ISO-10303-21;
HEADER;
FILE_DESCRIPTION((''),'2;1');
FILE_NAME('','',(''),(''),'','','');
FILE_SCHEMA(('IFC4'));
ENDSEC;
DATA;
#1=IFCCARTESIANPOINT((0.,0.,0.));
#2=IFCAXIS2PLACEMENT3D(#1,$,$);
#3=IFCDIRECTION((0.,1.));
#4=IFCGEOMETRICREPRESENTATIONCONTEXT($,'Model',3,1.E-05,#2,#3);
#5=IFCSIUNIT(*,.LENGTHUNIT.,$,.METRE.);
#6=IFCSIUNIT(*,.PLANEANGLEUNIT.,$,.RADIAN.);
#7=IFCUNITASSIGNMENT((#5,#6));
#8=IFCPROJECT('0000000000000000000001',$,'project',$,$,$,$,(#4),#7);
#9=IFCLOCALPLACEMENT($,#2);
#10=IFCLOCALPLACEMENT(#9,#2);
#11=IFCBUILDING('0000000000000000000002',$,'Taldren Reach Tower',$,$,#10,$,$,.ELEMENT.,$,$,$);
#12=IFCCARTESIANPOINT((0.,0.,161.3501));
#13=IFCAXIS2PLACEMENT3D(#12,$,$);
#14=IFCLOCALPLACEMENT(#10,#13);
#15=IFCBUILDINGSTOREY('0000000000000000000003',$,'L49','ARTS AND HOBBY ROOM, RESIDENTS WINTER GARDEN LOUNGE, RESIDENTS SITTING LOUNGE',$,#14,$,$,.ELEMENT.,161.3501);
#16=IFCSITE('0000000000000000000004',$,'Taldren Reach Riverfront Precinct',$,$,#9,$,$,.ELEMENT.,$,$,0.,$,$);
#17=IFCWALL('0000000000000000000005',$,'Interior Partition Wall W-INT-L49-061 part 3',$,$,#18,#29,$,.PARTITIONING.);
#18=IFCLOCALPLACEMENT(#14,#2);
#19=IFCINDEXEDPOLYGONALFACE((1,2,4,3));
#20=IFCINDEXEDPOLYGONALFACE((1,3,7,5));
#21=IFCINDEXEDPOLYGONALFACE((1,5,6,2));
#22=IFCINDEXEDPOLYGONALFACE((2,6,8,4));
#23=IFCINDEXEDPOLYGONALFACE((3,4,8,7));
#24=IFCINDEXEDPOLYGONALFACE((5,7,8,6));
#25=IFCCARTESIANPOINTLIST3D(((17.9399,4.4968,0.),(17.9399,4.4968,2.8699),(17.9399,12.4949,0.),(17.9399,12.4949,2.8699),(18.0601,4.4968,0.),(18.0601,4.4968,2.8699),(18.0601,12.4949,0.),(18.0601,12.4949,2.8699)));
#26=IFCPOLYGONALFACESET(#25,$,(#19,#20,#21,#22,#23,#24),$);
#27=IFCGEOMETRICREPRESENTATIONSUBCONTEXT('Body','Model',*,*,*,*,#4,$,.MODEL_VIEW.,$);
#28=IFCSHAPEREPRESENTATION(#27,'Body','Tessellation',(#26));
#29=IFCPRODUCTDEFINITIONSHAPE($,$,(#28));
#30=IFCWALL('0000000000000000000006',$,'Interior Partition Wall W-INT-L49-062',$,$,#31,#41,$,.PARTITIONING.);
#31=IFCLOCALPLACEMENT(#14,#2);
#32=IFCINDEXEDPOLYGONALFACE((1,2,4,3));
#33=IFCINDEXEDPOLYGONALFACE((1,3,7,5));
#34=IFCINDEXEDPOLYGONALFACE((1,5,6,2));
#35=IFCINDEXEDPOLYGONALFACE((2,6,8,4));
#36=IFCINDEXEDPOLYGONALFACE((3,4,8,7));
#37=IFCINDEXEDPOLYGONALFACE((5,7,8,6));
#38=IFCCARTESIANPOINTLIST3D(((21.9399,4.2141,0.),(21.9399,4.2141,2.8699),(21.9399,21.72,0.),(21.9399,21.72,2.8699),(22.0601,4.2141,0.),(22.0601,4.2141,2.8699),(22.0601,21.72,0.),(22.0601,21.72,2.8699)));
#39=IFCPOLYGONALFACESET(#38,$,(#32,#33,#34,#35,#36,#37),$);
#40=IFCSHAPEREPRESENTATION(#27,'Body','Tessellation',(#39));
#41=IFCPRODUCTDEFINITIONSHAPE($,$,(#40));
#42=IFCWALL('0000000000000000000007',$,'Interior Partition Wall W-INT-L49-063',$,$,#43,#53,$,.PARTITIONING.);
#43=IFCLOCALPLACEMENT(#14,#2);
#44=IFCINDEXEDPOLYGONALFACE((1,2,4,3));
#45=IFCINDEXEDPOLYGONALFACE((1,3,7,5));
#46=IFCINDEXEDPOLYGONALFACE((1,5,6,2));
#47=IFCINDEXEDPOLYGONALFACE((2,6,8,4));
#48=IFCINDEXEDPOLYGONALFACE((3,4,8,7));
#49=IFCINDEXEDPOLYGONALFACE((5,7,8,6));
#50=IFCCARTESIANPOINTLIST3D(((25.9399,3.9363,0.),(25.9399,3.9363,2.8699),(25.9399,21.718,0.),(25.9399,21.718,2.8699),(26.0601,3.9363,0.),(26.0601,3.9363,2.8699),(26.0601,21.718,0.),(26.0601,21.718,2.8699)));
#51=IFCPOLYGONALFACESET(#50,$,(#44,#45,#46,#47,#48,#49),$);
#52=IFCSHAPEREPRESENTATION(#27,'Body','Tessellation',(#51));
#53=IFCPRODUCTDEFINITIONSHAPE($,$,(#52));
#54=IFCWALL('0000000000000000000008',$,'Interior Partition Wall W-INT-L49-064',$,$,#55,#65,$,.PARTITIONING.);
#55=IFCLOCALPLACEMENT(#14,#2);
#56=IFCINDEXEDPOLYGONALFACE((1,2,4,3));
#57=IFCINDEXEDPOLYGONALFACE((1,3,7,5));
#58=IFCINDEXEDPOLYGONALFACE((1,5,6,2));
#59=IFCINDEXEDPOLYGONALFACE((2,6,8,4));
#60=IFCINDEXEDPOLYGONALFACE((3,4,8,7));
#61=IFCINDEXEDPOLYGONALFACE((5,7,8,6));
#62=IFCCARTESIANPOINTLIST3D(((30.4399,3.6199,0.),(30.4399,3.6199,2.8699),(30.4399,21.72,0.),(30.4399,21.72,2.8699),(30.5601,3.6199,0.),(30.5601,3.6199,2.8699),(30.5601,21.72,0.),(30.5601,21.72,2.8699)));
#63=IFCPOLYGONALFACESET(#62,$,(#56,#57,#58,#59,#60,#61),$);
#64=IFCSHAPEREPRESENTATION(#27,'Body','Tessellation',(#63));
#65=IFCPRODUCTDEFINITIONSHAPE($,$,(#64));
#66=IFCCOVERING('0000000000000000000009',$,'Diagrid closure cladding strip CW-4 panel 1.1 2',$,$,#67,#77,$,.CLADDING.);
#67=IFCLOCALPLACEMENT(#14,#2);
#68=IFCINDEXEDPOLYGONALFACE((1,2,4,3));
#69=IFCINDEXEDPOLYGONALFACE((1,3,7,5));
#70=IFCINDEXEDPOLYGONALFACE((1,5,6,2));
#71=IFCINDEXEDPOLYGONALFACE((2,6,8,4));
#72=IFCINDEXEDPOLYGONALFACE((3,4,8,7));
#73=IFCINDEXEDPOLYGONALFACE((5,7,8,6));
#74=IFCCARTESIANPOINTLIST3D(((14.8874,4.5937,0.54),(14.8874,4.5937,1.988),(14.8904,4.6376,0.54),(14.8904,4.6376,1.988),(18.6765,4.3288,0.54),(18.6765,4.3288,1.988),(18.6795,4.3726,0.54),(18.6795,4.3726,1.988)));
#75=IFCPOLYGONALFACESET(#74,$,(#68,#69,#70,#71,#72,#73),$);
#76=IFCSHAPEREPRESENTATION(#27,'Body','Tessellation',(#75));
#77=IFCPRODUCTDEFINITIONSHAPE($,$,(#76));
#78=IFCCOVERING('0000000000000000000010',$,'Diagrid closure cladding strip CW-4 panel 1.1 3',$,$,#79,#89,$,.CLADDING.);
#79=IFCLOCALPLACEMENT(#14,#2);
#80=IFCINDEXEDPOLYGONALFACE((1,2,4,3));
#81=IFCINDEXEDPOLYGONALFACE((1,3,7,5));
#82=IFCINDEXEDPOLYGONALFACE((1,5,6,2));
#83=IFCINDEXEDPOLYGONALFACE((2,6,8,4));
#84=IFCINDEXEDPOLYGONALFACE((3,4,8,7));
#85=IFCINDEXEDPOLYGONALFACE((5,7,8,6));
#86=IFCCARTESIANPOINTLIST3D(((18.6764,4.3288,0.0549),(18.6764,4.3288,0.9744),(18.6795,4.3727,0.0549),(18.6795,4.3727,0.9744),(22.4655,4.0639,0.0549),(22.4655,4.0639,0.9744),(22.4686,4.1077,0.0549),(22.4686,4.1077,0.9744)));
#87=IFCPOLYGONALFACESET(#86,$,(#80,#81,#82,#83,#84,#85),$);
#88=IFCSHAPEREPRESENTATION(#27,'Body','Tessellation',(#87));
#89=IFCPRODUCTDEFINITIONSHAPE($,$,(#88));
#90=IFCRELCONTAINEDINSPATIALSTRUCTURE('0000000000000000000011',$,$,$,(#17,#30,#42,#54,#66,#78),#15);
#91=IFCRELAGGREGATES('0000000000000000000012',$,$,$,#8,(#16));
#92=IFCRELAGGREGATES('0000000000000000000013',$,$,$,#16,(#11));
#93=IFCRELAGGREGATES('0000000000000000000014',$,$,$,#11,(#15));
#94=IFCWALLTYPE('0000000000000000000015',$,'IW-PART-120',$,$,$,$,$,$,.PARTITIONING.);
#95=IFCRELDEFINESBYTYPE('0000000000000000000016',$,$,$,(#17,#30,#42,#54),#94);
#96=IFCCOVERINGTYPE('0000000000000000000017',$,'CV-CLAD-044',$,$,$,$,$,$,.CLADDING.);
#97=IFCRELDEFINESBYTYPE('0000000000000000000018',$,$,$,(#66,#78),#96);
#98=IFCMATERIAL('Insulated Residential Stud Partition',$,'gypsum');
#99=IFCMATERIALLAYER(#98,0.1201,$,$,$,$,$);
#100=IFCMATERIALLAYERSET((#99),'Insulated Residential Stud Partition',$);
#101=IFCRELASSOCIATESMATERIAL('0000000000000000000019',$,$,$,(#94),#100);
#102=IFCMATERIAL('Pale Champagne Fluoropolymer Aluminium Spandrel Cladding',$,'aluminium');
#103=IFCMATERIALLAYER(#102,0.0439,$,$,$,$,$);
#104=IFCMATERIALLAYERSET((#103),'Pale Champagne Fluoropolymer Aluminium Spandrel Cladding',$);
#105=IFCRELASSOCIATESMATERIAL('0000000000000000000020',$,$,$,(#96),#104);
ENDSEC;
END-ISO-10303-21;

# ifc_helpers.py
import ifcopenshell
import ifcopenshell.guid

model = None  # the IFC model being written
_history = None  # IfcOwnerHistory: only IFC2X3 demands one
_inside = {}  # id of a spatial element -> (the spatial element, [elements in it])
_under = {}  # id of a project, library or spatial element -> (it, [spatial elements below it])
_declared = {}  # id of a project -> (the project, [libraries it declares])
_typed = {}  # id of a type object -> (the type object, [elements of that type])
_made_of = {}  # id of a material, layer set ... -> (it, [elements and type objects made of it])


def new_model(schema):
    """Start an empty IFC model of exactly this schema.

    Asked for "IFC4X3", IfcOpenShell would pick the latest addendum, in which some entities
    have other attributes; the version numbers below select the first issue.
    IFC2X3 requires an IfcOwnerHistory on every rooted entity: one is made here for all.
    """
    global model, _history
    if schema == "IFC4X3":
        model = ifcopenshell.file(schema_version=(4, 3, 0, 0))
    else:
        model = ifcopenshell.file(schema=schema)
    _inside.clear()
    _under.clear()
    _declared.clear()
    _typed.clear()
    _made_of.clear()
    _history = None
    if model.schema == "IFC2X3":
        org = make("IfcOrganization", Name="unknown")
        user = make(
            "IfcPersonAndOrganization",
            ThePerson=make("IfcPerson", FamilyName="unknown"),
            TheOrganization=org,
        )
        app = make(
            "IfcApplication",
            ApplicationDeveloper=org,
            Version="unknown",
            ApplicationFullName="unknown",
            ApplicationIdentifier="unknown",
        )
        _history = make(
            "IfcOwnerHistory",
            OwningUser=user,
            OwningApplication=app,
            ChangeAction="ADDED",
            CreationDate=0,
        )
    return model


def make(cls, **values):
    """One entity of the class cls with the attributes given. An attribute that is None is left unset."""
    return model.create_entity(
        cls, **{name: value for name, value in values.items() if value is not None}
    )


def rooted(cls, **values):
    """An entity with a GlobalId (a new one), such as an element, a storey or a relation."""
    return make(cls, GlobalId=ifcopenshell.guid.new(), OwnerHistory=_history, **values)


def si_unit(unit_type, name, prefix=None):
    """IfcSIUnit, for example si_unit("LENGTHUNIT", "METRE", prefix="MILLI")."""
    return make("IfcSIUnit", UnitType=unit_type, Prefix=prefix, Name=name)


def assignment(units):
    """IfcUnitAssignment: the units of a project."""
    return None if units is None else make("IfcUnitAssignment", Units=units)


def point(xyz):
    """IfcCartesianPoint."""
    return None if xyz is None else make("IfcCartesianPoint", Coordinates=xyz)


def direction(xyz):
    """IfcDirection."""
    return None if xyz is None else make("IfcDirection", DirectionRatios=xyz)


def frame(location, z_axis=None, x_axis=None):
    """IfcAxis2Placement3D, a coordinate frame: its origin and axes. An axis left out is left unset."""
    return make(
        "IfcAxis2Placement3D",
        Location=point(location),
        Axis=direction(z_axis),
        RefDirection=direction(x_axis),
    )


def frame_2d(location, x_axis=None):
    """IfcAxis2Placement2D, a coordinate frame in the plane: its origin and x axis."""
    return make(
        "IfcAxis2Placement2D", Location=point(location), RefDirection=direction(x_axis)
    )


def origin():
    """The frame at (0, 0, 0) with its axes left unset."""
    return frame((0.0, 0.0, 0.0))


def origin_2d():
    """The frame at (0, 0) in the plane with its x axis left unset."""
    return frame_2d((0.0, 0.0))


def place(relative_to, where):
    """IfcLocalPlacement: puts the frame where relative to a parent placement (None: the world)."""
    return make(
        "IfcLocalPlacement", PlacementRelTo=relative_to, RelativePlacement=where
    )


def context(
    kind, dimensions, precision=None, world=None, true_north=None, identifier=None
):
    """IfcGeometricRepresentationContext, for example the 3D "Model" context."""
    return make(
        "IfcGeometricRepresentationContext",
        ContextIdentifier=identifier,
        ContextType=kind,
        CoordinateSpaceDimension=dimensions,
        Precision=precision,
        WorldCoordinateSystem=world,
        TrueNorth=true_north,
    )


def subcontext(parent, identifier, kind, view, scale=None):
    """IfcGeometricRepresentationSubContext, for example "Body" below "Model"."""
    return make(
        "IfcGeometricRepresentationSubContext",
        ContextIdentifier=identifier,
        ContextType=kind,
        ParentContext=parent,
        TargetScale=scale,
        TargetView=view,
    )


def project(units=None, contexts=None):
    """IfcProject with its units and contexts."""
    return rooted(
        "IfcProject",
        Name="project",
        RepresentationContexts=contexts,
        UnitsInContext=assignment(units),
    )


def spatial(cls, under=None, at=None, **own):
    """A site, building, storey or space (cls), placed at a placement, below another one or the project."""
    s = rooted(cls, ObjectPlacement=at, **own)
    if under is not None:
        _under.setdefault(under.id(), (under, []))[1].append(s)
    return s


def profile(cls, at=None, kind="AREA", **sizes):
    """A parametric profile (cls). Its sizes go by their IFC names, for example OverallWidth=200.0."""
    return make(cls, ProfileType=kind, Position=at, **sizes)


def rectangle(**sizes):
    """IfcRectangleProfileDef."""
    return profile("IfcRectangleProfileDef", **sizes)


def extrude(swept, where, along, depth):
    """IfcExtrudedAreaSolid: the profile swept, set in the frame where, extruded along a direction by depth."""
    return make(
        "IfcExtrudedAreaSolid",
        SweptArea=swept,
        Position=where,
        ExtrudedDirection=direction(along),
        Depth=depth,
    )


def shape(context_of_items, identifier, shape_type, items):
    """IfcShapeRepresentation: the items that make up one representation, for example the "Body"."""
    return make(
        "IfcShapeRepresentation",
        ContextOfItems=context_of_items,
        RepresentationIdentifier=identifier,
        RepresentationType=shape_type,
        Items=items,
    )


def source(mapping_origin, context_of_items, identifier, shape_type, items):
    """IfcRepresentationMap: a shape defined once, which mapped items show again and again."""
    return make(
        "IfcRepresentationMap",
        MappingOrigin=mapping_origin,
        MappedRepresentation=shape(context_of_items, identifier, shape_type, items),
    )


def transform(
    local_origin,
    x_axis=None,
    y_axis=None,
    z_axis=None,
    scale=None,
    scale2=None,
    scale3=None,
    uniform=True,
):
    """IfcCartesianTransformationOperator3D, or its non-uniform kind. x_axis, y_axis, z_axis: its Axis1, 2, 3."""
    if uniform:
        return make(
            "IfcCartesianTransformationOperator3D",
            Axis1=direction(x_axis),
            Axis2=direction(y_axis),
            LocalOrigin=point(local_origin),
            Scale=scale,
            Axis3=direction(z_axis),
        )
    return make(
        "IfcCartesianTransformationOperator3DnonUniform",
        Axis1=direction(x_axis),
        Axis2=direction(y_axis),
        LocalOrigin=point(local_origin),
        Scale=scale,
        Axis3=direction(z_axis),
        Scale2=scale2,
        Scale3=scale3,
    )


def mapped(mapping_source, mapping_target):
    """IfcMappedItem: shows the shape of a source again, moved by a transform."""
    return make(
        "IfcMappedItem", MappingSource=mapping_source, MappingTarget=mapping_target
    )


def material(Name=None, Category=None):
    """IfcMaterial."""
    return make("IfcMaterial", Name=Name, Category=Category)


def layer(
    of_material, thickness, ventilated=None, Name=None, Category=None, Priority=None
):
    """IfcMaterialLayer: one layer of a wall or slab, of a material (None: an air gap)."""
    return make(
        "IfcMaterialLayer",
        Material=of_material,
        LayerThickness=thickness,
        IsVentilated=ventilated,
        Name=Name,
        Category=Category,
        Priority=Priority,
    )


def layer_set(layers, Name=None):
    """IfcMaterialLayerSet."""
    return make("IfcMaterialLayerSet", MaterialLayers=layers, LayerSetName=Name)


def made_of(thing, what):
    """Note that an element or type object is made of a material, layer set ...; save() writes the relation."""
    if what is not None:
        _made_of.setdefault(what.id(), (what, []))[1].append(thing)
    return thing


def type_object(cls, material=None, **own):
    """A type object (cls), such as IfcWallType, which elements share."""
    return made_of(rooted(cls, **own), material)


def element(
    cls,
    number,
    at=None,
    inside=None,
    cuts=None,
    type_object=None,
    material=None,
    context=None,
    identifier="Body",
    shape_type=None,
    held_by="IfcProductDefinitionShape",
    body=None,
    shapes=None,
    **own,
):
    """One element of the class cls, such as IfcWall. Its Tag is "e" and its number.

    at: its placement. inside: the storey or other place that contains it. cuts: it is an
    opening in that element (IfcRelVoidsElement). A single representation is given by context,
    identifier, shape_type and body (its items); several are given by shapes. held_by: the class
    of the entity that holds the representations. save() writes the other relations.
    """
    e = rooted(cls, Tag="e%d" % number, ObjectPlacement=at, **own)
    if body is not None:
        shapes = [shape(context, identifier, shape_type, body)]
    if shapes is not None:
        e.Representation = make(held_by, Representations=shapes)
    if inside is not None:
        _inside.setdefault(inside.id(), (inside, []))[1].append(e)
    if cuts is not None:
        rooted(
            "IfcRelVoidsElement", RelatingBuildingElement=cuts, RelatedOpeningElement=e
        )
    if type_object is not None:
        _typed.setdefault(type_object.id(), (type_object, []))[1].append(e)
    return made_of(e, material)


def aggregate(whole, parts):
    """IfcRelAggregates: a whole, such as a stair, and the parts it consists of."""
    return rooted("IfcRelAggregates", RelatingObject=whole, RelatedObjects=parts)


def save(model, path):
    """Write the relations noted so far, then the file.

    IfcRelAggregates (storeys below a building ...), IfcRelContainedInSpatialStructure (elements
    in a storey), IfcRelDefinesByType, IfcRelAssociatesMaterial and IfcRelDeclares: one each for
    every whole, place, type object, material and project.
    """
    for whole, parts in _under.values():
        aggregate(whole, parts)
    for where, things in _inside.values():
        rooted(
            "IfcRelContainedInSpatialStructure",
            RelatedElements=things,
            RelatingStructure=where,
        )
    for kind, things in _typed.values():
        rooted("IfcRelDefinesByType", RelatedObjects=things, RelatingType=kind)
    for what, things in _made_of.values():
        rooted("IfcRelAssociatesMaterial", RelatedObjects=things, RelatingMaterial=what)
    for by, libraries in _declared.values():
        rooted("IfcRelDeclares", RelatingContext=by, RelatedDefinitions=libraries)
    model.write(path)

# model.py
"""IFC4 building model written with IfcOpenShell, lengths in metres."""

from ifc_helpers import new_model, si_unit, direction, frame, frame_2d, origin, origin_2d, place, context, subcontext, project, spatial, rectangle, extrude, source, transform, mapped, material, layer, layer_set, type_object, element, save


model = new_model("IFC4")

# Units and contexts
model_context = context("Model", 3, precision=1e-05, world=origin(), true_north=direction((0.0, 1.0)))
body_context = subcontext(model_context, "Body", "Model", "MODEL_VIEW")
ifc_project = project(units=[si_unit("LENGTHUNIT", "METRE"), si_unit("PLANEANGLEUNIT", "RADIAN")], contexts=[model_context])

# Site, building, storey
site_placement = place(None, origin())
site = spatial("IfcSite", under=ifc_project, at=site_placement, Name="Taldren Reach Riverfront Precinct", CompositionType="ELEMENT", RefElevation=0.0)
building_placement = place(site_placement, origin())
building = spatial("IfcBuilding", under=site, at=building_placement, Name="Taldren Reach Tower", CompositionType="ELEMENT")
storey_placement = place(building_placement, frame((0.0, 0.0, 161.3501)))
storey = spatial("IfcBuildingStorey", under=building, at=storey_placement, Name="L49", Description="ARTS AND HOBBY ROOM, RESIDENTS WINTER GARDEN LOUNGE, RESIDENTS SITTING LOUNGE", CompositionType="ELEMENT", Elevation=161.3501)

# Walls
ifc_material_1 = material(Name="Insulated Residential Stud Partition", Category="gypsum")
ifc_layer_1 = layer(ifc_material_1, 0.1201)
ifc_layer_set_1 = layer_set([ifc_layer_1], Name="Insulated Residential Stud Partition")
wall_type_1 = type_object("IfcWallType", Name="IW-PART-120", PredefinedType="PARTITIONING", material=ifc_layer_set_1)
shared_shape_1 = source(origin(), body_context, "Body", "SweptSolid", [
    extrude(rectangle(XDim=7.998, YDim=0.1201, at=frame_2d((3.999, 0.0))), origin(), (0.0, 0.0, 1.0), 2.8699),
])
wall_1_placement = place(storey_placement, frame((18.0, 12.4949, 0.0), z_axis=(0.0, 0.0, 1.0), x_axis=(0.0, -1.0, 0.0)))
element("IfcWall", 1, at=wall_1_placement, inside=storey, type_object=wall_type_1, Name="Interior Partition Wall W-INT-L49-061 part 3", PredefinedType="PARTITIONING", context=body_context, shape_type="MappedRepresentation", body=[
    mapped(shared_shape_1, transform((0.0, 0.0, 0.0), scale=1.0)),
])
shared_shape_2 = source(origin(), body_context, "Body", "SweptSolid", [
    extrude(rectangle(XDim=17.5059, YDim=0.1201, at=frame_2d((8.7529, 0.0))), origin(), (0.0, 0.0, 1.0), 2.8699),
])
wall_2_placement = place(storey_placement, frame((22.0, 21.72, 0.0), z_axis=(0.0, 0.0, 1.0), x_axis=(0.0, -1.0, 0.0)))
element("IfcWall", 2, at=wall_2_placement, inside=storey, type_object=wall_type_1, Name="Interior Partition Wall W-INT-L49-062", PredefinedType="PARTITIONING", context=body_context, shape_type="MappedRepresentation", body=[
    mapped(shared_shape_2, transform((0.0, 0.0, 0.0), scale=1.0)),
])
shared_shape_3 = source(origin(), body_context, "Body", "SweptSolid", [
    extrude(rectangle(XDim=17.7817, YDim=0.1201, at=frame_2d((8.8909, 0.0))), origin(), (0.0, 0.0, 1.0), 2.8699),
])
wall_3_placement = place(storey_placement, frame((26.0, 21.718, 0.0), z_axis=(0.0, 0.0, 1.0), x_axis=(0.0, -1.0, 0.0)))
element("IfcWall", 3, at=wall_3_placement, inside=storey, type_object=wall_type_1, Name="Interior Partition Wall W-INT-L49-063", PredefinedType="PARTITIONING", context=body_context, shape_type="MappedRepresentation", body=[
    mapped(shared_shape_3, transform((0.0, 0.0, 0.0), scale=1.0)),
])
shared_shape_4 = source(origin(), body_context, "Body", "SweptSolid", [
    extrude(rectangle(XDim=18.1001, YDim=0.1201, at=frame_2d((9.05, 0.0))), origin(), (0.0, 0.0, 1.0), 2.8699),
])
wall_4_placement = place(storey_placement, frame((30.5, 21.72, 0.0), z_axis=(0.0, 0.0, 1.0), x_axis=(0.0, -1.0, 0.0)))
element("IfcWall", 4, at=wall_4_placement, inside=storey, type_object=wall_type_1, Name="Interior Partition Wall W-INT-L49-064", PredefinedType="PARTITIONING", context=body_context, shape_type="MappedRepresentation", body=[
    mapped(shared_shape_4, transform((0.0, 0.0, 0.0), scale=1.0)),
])

# Coverings
ifc_material_2 = material(Name="Pale Champagne Fluoropolymer Aluminium Spandrel Cladding", Category="aluminium")
ifc_layer_2 = layer(ifc_material_2, 0.0439)
ifc_layer_set_2 = layer_set([ifc_layer_2], Name="Pale Champagne Fluoropolymer Aluminium Spandrel Cladding")
covering_type = type_object("IfcCoveringType", Name="CV-CLAD-044", PredefinedType="CLADDING", material=ifc_layer_set_2)
shared_shape_5 = source(origin(), body_context, "Body", "SweptSolid", [
    extrude(rectangle(XDim=3.7983, YDim=0.0439, at=origin_2d()), origin(), (0.0, 0.0, 1.0), 1.448),
])
covering_1_placement = place(storey_placement, frame((16.7834, 4.4832, 0.54), z_axis=(0.0, 0.0, 1.0), x_axis=(0.997564, -0.069757, 0.0)))
element("IfcCovering", 5, at=covering_1_placement, inside=storey, type_object=covering_type, Name="Diagrid closure cladding strip CW-4 panel 1.1 2", PredefinedType="CLADDING", context=body_context, shape_type="MappedRepresentation", body=[
    mapped(shared_shape_5, transform((0.0, 0.0, 0.0), scale=1.0)),
])
shared_shape_6 = source(origin(), body_context, "Body", "SweptSolid", [
    extrude(rectangle(XDim=3.7983, YDim=0.0439, at=origin_2d()), origin(), (0.0, 0.0, 1.0), 0.9194),
])
covering_2_placement = place(storey_placement, frame((20.5725, 4.2183, 0.0549), z_axis=(0.0, 0.0, 1.0), x_axis=(0.997564, -0.069757, 0.0)))
element("IfcCovering", 6, at=covering_2_placement, inside=storey, type_object=covering_type, Name="Diagrid closure cladding strip CW-4 panel 1.1 3", PredefinedType="CLADDING", context=body_context, shape_type="MappedRepresentation", body=[
    mapped(shared_shape_6, transform((0.0, 0.0, 0.0), scale=1.0)),
])

save(model, "model.ifc")
